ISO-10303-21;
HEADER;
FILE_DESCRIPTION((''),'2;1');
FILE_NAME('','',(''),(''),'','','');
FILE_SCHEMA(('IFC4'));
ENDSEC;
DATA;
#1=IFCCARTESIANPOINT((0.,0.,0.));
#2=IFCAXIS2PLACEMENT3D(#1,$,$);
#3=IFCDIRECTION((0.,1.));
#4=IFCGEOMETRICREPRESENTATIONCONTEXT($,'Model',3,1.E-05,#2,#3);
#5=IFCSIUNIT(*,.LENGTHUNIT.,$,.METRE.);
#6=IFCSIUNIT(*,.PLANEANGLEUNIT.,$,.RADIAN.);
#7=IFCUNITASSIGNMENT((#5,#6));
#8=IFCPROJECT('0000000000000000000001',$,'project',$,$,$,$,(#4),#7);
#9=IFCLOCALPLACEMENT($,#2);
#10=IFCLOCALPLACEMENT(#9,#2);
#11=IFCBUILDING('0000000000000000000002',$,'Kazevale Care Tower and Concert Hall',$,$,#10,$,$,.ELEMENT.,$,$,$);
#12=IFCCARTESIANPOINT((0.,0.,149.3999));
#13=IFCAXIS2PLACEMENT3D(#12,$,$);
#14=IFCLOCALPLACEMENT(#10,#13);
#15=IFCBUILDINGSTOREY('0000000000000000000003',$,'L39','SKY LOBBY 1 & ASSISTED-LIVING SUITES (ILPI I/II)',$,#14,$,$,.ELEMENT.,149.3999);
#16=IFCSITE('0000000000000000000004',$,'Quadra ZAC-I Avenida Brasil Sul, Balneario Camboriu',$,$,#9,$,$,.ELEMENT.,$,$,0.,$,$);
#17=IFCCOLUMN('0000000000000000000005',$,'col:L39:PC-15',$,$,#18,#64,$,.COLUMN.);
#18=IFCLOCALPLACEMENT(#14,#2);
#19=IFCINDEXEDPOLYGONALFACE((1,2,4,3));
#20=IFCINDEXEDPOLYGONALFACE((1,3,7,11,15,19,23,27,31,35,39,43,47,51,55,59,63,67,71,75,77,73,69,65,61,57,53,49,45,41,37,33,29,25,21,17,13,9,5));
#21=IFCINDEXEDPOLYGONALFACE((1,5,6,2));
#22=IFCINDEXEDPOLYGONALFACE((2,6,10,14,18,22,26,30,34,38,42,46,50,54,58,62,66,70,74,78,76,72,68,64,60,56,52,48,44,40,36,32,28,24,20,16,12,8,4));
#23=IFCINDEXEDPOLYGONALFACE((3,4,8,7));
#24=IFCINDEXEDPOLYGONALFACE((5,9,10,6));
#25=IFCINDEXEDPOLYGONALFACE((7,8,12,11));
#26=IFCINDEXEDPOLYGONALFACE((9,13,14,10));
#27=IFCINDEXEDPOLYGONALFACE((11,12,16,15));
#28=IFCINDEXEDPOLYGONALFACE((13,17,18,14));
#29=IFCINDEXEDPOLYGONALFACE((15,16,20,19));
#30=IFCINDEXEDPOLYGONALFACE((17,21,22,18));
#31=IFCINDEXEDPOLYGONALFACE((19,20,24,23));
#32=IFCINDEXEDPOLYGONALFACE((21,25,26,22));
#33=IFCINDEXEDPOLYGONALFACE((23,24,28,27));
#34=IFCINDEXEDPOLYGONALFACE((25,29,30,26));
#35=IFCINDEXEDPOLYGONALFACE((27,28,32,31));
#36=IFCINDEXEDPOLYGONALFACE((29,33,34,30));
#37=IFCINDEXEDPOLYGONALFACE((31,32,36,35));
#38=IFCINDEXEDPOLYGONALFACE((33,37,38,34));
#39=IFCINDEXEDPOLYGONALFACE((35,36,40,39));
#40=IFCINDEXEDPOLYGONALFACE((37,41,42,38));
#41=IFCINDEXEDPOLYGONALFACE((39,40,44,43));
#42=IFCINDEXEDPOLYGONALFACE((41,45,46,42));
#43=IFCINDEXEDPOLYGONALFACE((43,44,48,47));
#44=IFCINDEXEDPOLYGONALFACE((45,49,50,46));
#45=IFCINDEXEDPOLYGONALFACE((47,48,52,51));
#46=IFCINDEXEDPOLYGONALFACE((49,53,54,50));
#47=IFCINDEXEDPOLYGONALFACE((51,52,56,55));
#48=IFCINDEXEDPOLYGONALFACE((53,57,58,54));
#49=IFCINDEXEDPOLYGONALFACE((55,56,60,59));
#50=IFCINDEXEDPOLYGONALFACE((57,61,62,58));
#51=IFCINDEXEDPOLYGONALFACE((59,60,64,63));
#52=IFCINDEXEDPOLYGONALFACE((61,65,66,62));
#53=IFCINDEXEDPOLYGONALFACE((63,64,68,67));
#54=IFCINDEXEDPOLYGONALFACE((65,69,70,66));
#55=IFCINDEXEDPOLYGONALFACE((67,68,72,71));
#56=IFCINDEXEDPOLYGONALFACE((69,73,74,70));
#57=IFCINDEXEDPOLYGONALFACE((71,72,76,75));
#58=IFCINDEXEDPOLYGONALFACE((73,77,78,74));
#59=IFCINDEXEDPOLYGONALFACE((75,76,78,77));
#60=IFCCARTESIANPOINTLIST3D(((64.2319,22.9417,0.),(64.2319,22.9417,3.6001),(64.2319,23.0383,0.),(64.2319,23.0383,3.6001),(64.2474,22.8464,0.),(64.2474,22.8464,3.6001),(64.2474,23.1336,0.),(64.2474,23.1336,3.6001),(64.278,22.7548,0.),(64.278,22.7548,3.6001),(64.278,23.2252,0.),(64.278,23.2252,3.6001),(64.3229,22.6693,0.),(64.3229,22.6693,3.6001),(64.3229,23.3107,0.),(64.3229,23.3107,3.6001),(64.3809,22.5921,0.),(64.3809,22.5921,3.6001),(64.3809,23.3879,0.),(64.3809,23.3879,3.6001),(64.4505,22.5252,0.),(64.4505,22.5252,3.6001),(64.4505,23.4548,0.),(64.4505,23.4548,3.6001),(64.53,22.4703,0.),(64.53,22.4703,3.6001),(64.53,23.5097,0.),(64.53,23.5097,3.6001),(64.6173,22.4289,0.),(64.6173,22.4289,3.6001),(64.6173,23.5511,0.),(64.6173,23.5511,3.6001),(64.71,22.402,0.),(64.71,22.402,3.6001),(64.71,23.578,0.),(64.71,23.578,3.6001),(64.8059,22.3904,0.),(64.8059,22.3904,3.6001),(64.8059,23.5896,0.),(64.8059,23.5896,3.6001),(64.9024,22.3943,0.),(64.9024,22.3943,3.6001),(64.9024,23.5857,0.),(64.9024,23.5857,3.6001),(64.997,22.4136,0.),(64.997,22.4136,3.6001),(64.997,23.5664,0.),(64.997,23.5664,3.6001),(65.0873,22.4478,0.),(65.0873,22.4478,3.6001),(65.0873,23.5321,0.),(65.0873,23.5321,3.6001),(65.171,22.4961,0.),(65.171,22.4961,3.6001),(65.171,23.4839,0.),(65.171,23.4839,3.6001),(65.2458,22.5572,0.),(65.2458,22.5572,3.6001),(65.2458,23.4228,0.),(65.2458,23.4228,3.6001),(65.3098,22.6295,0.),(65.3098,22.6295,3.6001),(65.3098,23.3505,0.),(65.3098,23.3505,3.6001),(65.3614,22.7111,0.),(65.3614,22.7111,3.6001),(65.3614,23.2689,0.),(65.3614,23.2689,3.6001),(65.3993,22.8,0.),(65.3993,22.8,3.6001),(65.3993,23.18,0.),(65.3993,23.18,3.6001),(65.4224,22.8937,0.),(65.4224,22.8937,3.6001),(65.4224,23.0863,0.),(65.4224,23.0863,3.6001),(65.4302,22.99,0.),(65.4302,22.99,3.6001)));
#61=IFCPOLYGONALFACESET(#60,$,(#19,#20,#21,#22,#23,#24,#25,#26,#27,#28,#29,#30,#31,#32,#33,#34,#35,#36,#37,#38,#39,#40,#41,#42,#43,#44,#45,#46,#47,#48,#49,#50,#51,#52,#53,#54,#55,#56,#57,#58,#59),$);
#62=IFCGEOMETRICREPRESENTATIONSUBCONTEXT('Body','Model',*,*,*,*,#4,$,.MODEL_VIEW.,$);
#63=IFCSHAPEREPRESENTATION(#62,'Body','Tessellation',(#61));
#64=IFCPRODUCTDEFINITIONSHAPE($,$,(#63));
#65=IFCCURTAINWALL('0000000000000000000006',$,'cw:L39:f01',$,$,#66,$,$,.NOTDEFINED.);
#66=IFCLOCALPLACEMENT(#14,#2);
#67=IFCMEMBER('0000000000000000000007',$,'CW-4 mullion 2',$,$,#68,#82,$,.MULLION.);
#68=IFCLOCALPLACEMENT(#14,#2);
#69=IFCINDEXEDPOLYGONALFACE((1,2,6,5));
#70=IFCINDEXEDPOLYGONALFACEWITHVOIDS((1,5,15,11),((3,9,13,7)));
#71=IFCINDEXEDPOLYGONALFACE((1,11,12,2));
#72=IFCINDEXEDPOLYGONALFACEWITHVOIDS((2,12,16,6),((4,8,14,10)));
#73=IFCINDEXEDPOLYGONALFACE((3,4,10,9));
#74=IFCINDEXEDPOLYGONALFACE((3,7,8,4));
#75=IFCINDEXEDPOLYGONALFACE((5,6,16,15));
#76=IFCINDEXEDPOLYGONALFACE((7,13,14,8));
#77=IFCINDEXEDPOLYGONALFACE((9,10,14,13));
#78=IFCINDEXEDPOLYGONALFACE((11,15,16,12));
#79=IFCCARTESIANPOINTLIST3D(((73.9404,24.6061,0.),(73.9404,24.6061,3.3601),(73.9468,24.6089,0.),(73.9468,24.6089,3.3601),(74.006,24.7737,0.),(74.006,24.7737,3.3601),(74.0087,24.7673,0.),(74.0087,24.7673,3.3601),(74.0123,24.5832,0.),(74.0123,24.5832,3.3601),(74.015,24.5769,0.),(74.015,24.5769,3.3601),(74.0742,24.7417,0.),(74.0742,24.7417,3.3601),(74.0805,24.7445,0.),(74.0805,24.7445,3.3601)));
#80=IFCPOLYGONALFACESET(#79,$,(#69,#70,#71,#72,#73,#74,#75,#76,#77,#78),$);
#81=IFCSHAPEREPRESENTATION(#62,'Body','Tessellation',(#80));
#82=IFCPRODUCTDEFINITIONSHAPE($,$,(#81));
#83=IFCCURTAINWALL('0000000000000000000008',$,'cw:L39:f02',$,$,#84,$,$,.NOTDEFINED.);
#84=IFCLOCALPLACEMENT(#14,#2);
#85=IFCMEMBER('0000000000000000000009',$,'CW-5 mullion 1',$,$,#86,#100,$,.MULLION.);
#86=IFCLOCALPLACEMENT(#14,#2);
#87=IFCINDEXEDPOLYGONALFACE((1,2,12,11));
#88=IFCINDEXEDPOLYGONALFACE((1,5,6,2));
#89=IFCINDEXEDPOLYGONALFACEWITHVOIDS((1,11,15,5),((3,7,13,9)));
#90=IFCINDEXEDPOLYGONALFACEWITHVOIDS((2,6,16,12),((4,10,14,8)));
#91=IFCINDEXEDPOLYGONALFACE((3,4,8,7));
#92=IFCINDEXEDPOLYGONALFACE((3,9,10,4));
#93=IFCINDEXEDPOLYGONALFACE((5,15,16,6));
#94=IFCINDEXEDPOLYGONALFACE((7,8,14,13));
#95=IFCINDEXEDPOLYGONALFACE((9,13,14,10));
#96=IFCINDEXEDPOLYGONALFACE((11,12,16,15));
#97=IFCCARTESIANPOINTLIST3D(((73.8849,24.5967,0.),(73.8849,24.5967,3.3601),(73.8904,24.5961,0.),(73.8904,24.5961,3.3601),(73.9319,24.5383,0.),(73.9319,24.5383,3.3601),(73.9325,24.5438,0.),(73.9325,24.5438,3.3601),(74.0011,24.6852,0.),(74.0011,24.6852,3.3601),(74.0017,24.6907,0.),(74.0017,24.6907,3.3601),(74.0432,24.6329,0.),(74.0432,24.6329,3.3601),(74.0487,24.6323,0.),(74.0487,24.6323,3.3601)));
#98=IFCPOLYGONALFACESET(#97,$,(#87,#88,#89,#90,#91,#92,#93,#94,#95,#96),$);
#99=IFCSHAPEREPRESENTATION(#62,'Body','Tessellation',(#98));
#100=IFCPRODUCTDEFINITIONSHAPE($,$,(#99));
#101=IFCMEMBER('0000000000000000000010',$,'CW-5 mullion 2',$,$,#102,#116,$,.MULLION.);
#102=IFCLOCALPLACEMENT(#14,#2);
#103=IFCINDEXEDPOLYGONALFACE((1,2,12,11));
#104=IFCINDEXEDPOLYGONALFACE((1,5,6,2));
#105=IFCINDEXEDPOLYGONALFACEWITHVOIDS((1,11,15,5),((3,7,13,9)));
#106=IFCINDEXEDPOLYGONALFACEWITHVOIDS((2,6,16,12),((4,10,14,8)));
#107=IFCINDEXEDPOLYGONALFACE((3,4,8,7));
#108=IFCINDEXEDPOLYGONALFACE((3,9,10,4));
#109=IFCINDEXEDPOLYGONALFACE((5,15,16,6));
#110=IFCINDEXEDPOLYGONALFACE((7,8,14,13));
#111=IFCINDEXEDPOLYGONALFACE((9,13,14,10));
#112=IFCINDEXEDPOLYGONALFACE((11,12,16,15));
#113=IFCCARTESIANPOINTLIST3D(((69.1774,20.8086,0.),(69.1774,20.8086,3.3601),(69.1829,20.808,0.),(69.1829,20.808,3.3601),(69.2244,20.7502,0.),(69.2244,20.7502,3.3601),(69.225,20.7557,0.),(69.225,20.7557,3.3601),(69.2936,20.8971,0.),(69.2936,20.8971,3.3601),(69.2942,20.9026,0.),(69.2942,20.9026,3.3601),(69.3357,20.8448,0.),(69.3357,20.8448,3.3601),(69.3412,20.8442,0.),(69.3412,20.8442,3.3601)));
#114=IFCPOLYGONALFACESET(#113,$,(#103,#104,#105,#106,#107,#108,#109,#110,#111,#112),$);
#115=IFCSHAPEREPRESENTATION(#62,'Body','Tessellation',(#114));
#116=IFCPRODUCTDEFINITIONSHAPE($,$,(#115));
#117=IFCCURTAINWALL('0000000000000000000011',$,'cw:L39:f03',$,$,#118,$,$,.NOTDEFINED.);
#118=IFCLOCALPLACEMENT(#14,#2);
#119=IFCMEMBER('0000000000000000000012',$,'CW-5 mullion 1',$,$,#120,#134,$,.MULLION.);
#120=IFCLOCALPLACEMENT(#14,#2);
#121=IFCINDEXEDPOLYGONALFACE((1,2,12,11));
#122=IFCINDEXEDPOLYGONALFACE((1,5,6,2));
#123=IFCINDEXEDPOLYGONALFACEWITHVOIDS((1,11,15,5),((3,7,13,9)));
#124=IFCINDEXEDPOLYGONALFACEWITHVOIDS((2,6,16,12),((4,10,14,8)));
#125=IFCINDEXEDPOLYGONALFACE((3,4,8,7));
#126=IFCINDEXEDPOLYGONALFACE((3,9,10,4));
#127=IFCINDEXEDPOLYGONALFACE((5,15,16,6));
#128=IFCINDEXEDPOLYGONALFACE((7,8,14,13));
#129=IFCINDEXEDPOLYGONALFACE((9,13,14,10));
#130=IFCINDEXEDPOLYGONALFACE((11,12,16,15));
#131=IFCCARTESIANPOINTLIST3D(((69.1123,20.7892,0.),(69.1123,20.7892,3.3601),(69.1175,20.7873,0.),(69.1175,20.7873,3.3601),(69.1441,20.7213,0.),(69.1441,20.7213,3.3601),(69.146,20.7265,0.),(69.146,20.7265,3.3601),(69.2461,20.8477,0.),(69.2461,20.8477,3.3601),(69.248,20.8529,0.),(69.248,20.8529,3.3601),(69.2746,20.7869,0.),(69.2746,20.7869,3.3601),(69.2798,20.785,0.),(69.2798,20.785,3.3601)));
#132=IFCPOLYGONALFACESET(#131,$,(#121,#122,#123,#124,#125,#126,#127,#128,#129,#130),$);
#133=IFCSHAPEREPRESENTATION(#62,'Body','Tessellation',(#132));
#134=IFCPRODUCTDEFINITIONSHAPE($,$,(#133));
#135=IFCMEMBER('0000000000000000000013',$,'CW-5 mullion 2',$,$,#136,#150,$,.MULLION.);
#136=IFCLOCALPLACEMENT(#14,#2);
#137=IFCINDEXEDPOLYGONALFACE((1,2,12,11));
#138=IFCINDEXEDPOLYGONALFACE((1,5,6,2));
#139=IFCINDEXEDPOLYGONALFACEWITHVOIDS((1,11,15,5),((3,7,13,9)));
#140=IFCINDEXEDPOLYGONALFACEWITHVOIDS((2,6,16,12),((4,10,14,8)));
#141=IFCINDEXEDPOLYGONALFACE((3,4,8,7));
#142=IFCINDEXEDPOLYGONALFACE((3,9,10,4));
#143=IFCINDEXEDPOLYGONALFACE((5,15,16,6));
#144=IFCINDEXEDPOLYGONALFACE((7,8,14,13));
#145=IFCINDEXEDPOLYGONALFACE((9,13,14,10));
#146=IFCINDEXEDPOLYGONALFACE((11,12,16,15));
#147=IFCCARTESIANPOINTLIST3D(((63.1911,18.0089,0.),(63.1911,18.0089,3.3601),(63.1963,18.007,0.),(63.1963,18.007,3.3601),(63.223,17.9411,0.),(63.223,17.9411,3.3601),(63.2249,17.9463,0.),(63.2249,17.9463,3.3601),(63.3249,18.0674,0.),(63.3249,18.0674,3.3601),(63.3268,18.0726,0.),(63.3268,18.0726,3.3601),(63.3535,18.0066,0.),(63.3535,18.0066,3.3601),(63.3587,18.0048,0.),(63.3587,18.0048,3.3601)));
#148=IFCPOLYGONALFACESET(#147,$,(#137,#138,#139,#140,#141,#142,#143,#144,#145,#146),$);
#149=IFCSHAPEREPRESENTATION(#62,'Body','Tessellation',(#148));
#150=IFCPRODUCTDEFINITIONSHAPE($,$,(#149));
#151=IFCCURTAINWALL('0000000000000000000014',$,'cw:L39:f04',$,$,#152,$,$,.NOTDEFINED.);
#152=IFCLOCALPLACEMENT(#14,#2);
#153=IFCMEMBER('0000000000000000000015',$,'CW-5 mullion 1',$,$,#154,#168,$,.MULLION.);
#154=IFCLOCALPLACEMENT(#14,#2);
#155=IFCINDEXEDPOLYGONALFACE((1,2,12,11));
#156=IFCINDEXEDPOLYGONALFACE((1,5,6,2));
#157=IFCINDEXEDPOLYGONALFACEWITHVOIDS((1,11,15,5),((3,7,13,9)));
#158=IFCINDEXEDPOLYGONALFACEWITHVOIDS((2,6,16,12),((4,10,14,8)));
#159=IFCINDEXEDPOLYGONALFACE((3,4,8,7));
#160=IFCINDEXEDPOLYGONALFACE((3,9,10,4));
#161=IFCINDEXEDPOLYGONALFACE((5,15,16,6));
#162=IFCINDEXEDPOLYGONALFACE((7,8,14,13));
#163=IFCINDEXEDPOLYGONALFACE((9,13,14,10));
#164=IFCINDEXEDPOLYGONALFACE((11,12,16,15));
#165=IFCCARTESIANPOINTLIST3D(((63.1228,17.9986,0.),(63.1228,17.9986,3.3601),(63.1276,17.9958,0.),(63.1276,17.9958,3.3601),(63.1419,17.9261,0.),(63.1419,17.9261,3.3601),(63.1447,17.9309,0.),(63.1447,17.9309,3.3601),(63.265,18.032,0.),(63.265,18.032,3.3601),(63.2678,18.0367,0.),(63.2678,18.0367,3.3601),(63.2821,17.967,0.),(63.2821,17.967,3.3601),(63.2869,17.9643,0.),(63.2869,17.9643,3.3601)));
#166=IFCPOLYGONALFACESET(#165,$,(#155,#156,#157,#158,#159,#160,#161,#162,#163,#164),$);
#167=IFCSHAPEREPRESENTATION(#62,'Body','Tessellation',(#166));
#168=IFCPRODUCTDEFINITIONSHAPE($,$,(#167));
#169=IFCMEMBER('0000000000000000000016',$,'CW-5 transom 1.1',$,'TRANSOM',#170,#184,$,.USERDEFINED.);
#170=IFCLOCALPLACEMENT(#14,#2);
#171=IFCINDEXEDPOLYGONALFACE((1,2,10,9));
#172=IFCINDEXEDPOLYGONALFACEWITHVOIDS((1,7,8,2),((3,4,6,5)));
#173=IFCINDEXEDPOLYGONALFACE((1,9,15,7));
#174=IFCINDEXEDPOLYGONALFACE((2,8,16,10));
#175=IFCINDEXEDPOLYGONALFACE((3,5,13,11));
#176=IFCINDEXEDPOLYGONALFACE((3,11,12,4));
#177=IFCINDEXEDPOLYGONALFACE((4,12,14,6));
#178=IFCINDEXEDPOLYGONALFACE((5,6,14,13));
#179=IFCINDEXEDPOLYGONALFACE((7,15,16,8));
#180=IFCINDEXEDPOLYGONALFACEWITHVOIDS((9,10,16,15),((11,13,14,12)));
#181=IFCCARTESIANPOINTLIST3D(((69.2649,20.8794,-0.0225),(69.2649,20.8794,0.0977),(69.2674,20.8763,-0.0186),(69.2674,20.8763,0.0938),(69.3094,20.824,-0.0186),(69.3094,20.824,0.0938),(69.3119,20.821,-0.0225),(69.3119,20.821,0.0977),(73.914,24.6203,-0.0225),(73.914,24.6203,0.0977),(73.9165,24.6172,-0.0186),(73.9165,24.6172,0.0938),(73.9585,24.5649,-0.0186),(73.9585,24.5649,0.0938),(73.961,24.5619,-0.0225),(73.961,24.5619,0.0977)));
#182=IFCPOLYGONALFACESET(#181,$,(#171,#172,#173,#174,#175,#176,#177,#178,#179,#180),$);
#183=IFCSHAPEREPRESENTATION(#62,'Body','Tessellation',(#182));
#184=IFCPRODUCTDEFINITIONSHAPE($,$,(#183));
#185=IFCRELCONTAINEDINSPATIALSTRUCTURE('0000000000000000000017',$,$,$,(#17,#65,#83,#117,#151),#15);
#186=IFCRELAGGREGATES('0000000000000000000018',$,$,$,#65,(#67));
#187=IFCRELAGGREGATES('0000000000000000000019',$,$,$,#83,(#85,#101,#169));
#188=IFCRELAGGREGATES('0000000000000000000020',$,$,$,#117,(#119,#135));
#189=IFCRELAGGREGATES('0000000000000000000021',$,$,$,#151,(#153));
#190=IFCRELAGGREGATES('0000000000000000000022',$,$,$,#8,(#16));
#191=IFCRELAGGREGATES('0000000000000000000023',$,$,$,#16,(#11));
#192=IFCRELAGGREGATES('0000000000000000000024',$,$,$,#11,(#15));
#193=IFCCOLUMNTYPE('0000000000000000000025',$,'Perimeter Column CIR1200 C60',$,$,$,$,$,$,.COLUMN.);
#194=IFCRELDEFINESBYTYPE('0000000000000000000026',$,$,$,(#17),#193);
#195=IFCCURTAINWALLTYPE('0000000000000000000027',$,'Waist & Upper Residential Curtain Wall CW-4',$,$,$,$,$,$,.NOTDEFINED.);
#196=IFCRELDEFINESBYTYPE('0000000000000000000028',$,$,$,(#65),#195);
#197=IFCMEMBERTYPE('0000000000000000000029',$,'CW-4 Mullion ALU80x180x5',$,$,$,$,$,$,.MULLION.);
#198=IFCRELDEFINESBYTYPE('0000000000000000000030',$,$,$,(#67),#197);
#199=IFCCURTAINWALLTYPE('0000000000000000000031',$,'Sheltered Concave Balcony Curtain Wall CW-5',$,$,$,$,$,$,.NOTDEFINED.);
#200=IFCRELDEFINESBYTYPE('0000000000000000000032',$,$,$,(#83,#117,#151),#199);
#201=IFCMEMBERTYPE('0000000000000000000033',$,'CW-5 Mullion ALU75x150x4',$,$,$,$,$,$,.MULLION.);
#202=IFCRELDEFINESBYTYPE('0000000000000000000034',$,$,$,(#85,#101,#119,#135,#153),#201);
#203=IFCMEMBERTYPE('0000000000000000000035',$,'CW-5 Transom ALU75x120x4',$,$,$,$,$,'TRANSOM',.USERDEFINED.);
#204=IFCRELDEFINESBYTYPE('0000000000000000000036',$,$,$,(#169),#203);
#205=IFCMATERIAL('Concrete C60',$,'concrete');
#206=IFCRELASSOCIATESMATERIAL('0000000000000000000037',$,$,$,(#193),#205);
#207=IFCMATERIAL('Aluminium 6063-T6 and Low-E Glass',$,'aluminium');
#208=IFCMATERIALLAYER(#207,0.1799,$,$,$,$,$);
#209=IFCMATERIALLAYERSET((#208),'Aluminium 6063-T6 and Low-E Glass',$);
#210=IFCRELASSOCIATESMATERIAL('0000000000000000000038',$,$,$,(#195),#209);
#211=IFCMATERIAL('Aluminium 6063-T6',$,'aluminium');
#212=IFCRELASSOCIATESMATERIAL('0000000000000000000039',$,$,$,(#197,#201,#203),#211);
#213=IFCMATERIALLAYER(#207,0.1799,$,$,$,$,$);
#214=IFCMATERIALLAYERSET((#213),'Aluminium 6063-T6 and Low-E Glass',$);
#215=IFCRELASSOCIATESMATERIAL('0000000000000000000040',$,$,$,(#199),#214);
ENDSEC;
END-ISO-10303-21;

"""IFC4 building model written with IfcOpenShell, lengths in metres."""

from ifc_helpers import new_model, si_unit, direction, frame, origin, origin_2d, place, context, subcontext, project, spatial, hollow_rectangle, circle, extrude, material, layer, layer_set, material_profile, profile_set, type_object, element, aggregate, save


model = new_model("IFC4")

# Units and contexts
model_context = context("Model", 3, precision=1e-05, world=origin(), true_north=direction((0.0, 1.0)))
body_context = subcontext(model_context, "Body", "Model", "MODEL_VIEW")
ifc_project = project(units=[si_unit("LENGTHUNIT", "METRE"), si_unit("PLANEANGLEUNIT", "RADIAN")], contexts=[model_context])

# Site, building, storey
site_placement = place(None, origin())
site = spatial("IfcSite", under=ifc_project, at=site_placement, Name="Quadra ZAC-I Avenida Brasil Sul, Balneario Camboriu", CompositionType="ELEMENT", RefElevation=0.0)
building_placement = place(site_placement, origin())
building = spatial("IfcBuilding", under=site, at=building_placement, Name="Kazevale Care Tower and Concert Hall", CompositionType="ELEMENT")
storey_placement = place(building_placement, frame((0.0, 0.0, 149.3999)))
storey = spatial("IfcBuildingStorey", under=building, at=storey_placement, Name="L39", Description="SKY LOBBY 1 & ASSISTED-LIVING SUITES (ILPI I/II)", CompositionType="ELEMENT", Elevation=149.3999)

# Column
ifc_material_1 = material(Name="Concrete C60", Category="concrete")
ifc_material_profile_1 = material_profile(ifc_material_1, circle(Radius=0.6001, at=origin_2d()), Name="RC-CIR1200")
ifc_profile_set_1 = profile_set([ifc_material_profile_1], Name="Concrete C60")
column_type = type_object("IfcColumnType", Name="Perimeter Column CIR1200 C60", PredefinedType="COLUMN", material=ifc_profile_set_1)
column_placement = place(storey_placement, frame((64.8301, 22.99, 0.0), z_axis=(0.0, 0.0, 1.0), x_axis=(1.0, 0.0, 0.0)))
element("IfcColumn", 1, at=column_placement, inside=storey, type_object=column_type, Name="col:L39:PC-15", PredefinedType="COLUMN", context=body_context, shape_type="SweptSolid", body=[
    extrude(circle(Radius=0.6001, at=origin_2d()), origin(), (0.0, 0.0, 1.0), 3.6001),
])

# Curtain wall, member
ifc_material_2 = material(Name="Aluminium 6063-T6 and Low-E Glass", Category="aluminium")
ifc_layer_1 = layer(ifc_material_2, 0.1799)
ifc_layer_set_1 = layer_set([ifc_layer_1], Name="Aluminium 6063-T6 and Low-E Glass")
curtain_wall_type_1 = type_object("IfcCurtainWallType", Name="Waist & Upper Residential Curtain Wall CW-4", PredefinedType="NOTDEFINED", material=ifc_layer_set_1)
curtain_wall_1_placement = place(storey_placement, origin())
curtain_wall_1 = element("IfcCurtainWall", 2, at=curtain_wall_1_placement, inside=storey, type_object=curtain_wall_type_1, Name="cw:L39:f01", PredefinedType="NOTDEFINED")
ifc_material_3 = material(Name="Aluminium 6063-T6", Category="aluminium")
ifc_material_profile_2 = material_profile(ifc_material_3, hollow_rectangle(XDim=0.0801, YDim=0.1799, WallThickness=0.0049, at=origin_2d()), Name="ALU80x180x5")
ifc_profile_set_2 = profile_set([ifc_material_profile_2], Name="Aluminium 6063-T6")
member_type_1 = type_object("IfcMemberType", Name="CW-4 Mullion ALU80x180x5", PredefinedType="MULLION", material=ifc_profile_set_2)
member_1_placement = place(storey_placement, frame((74.0105, 24.6753, 0.0), z_axis=(0.0, 0.0, 1.0), x_axis=(0.931352, -0.364121, 0.0)))
member_1 = element("IfcMember", 3, at=member_1_placement, type_object=member_type_1, Name="CW-4 mullion 2", PredefinedType="MULLION", context=body_context, shape_type="SweptSolid", body=[
    extrude(hollow_rectangle(XDim=0.0801, YDim=0.1799, WallThickness=0.0049, at=origin_2d()), origin(), (0.0, 0.0, 1.0), 3.3601),
])
aggregate(curtain_wall_1, [member_1])

# Curtain walls, members
ifc_layer_2 = layer(ifc_material_2, 0.1799)
ifc_layer_set_2 = layer_set([ifc_layer_2], Name="Aluminium 6063-T6 and Low-E Glass")
curtain_wall_type_2 = type_object("IfcCurtainWallType", Name="Sheltered Concave Balcony Curtain Wall CW-5", PredefinedType="NOTDEFINED", material=ifc_layer_set_2)
curtain_wall_2_placement = place(storey_placement, origin())
curtain_wall_2 = element("IfcCurtainWall", 4, at=curtain_wall_2_placement, inside=storey, type_object=curtain_wall_type_2, Name="cw:L39:f02", PredefinedType="NOTDEFINED")
ifc_material_profile_3 = material_profile(ifc_material_3, hollow_rectangle(XDim=0.075, YDim=0.1499, WallThickness=0.0039, at=origin_2d()), Name="ALU75x150x4")
ifc_profile_set_3 = profile_set([ifc_material_profile_3], Name="Aluminium 6063-T6")
member_type_2 = type_object("IfcMemberType", Name="CW-5 Mullion ALU75x150x4", PredefinedType="MULLION", material=ifc_profile_set_3)
member_2_placement = place(storey_placement, frame((73.9668, 24.6145, 0.0), z_axis=(0.0, 0.0, 1.0), x_axis=(0.626905, -0.779095, 0.0)))
member_2 = element("IfcMember", 5, at=member_2_placement, type_object=member_type_2, Name="CW-5 mullion 1", PredefinedType="MULLION", context=body_context, shape_type="SweptSolid", body=[
    extrude(hollow_rectangle(XDim=0.075, YDim=0.1499, WallThickness=0.0039, at=origin_2d()), origin(), (0.0, 0.0, 1.0), 3.3601),
])
member_3_placement = place(storey_placement, frame((69.2593, 20.8264, 0.0), z_axis=(0.0, 0.0, 1.0), x_axis=(0.626905, -0.779095, 0.0)))
member_3 = element("IfcMember", 6, at=member_3_placement, type_object=member_type_2, Name="CW-5 mullion 2", PredefinedType="MULLION", context=body_context, shape_type="SweptSolid", body=[
    extrude(hollow_rectangle(XDim=0.075, YDim=0.1499, WallThickness=0.0039, at=origin_2d()), origin(), (0.0, 0.0, 1.0), 3.3601),
])
curtain_wall_3_placement = place(storey_placement, origin())
curtain_wall_3 = element("IfcCurtainWall", 7, at=curtain_wall_3_placement, inside=storey, type_object=curtain_wall_type_2, Name="cw:L39:f03", PredefinedType="NOTDEFINED")
member_4_placement = place(storey_placement, frame((69.196, 20.7871, 0.0), z_axis=(0.0, 0.0, 1.0), x_axis=(0.425011, -0.905188, 0.0)))
member_4 = element("IfcMember", 8, at=member_4_placement, type_object=member_type_2, Name="CW-5 mullion 1", PredefinedType="MULLION", context=body_context, shape_type="SweptSolid", body=[
    extrude(hollow_rectangle(XDim=0.075, YDim=0.1499, WallThickness=0.0039, at=origin_2d()), origin(), (0.0, 0.0, 1.0), 3.3601),
])
member_5_placement = place(storey_placement, frame((63.2749, 18.0068, 0.0), z_axis=(0.0, 0.0, 1.0), x_axis=(0.425011, -0.905188, 0.0)))
member_5 = element("IfcMember", 9, at=member_5_placement, type_object=member_type_2, Name="CW-5 mullion 2", PredefinedType="MULLION", context=body_context, shape_type="SweptSolid", body=[
    extrude(hollow_rectangle(XDim=0.075, YDim=0.1499, WallThickness=0.0039, at=origin_2d()), origin(), (0.0, 0.0, 1.0), 3.3601),
])

# Curtain wall, member
curtain_wall_4_placement = place(storey_placement, origin())
curtain_wall_4 = element("IfcCurtainWall", 10, at=curtain_wall_4_placement, inside=storey, type_object=curtain_wall_type_2, Name="cw:L39:f04", PredefinedType="NOTDEFINED")
member_6_placement = place(storey_placement, frame((63.2048, 17.9814, 0.0), z_axis=(0.0, 0.0, 1.0), x_axis=(0.254238, -0.967142, 0.0)))
member_6 = element("IfcMember", 11, at=member_6_placement, type_object=member_type_2, Name="CW-5 mullion 1", PredefinedType="MULLION", context=body_context, shape_type="SweptSolid", body=[
    extrude(hollow_rectangle(XDim=0.075, YDim=0.1499, WallThickness=0.0039, at=origin_2d()), origin(), (0.0, 0.0, 1.0), 3.3601),
])

# Member
ifc_material_profile_4 = material_profile(ifc_material_3, hollow_rectangle(XDim=0.075, YDim=0.1201, WallThickness=0.0039, at=origin_2d()), Name="ALU75x120x4")
ifc_profile_set_4 = profile_set([ifc_material_profile_4], Name="Aluminium 6063-T6")
member_type_3 = type_object("IfcMemberType", Name="CW-5 Transom ALU75x120x4", ElementType="TRANSOM", PredefinedType="USERDEFINED", material=ifc_profile_set_4)
member_7_placement = place(storey_placement, frame((73.9375, 24.5911, 0.0376), z_axis=(-0.779097, -0.626903, 0.0), x_axis=(0.626903, -0.779097, 0.0)))
member_7 = element("IfcMember", 12, at=member_7_placement, type_object=member_type_3, Name="CW-5 transom 1.1", ObjectType="TRANSOM", PredefinedType="USERDEFINED", context=body_context, shape_type="SweptSolid", body=[
    extrude(hollow_rectangle(XDim=0.075, YDim=0.1201, WallThickness=0.0039, at=origin_2d()), origin(), (0.0, 0.0, 1.0), 5.9673),
])

aggregate(curtain_wall_2, [member_2, member_3, member_7])
aggregate(curtain_wall_3, [member_4, member_5])
aggregate(curtain_wall_4, [member_6])

save(model, "model.ifc")
